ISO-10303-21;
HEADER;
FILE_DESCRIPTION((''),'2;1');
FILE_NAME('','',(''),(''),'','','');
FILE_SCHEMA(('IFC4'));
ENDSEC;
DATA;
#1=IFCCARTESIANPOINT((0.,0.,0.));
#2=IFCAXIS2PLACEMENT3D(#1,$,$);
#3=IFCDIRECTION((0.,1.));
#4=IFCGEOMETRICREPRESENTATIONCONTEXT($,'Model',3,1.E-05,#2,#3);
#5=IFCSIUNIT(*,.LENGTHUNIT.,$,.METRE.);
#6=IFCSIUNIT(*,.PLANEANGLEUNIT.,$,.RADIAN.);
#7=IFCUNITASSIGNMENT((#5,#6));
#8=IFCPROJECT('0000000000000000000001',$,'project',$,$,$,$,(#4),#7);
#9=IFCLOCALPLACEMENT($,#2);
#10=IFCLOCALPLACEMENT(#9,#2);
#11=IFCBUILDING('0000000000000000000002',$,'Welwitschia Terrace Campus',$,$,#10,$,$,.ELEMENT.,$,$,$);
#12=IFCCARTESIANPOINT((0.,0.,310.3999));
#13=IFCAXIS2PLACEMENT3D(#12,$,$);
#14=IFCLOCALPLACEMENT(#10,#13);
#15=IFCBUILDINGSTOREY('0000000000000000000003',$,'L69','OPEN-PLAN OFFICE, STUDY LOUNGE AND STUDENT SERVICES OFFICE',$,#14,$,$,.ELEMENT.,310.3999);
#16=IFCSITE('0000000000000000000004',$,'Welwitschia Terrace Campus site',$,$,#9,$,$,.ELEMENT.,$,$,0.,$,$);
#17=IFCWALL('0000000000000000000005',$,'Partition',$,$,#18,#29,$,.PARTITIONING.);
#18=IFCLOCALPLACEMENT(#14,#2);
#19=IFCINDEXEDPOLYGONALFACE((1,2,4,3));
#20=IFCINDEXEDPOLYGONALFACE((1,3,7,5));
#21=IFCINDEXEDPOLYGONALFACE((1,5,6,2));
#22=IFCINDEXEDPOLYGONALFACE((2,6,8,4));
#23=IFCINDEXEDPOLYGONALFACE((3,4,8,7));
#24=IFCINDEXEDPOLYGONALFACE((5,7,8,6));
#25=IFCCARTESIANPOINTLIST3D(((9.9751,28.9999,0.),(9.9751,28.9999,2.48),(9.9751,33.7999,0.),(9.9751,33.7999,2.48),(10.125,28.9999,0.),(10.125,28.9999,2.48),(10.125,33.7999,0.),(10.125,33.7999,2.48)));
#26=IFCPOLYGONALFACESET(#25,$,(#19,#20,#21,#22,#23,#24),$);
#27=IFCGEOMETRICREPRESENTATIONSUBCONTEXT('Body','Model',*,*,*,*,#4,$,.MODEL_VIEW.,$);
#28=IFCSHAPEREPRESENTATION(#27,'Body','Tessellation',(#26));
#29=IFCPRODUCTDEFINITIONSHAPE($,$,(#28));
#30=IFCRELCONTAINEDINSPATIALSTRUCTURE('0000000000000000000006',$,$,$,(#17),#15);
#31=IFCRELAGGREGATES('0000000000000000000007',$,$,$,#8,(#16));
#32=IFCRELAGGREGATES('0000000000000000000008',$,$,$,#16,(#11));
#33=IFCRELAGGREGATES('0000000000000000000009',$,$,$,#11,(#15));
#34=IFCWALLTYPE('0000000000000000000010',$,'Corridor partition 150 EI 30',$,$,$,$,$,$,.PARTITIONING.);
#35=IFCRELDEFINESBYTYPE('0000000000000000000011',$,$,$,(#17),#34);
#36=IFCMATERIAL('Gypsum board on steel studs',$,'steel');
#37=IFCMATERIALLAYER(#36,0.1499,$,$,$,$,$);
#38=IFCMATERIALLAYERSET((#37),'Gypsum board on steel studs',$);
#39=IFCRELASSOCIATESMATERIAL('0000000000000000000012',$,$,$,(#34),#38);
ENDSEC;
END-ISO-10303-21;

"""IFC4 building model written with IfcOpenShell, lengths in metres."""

from ifc_helpers import new_model, si_unit, direction, frame, frame_2d, origin, place, context, subcontext, project, spatial, rectangle, extrude, material, layer, layer_set, type_object, element, save


model = new_model("IFC4")

# Units and contexts
model_context = context("Model", 3, precision=1e-05, world=origin(), true_north=direction((0.0, 1.0)))
body_context = subcontext(model_context, "Body", "Model", "MODEL_VIEW")
ifc_project = project(units=[si_unit("LENGTHUNIT", "METRE"), si_unit("PLANEANGLEUNIT", "RADIAN")], contexts=[model_context])

# Site, building, storey
site_placement = place(None, origin())
site = spatial("IfcSite", under=ifc_project, at=site_placement, Name="Welwitschia Terrace Campus site", CompositionType="ELEMENT", RefElevation=0.0)
building_placement = place(site_placement, origin())
building = spatial("IfcBuilding", under=site, at=building_placement, Name="Welwitschia Terrace Campus", CompositionType="ELEMENT")
storey_placement = place(building_placement, frame((0.0, 0.0, 310.3999)))
storey = spatial("IfcBuildingStorey", under=building, at=storey_placement, Name="L69", Description="OPEN-PLAN OFFICE, STUDY LOUNGE AND STUDENT SERVICES OFFICE", CompositionType="ELEMENT", Elevation=310.3999)

# Shared definitions
ifc_material_1 = material(Name="Gypsum board on steel studs", Category="steel")
ifc_layer_1 = layer(ifc_material_1, 0.1499)
ifc_layer_set_1 = layer_set([ifc_layer_1], Name="Gypsum board on steel studs")
wall_type_1 = type_object("IfcWallType", Name="Corridor partition 150 EI 30", PredefinedType="PARTITIONING", material=ifc_layer_set_1)

# Wall
wall_1_placement = place(storey_placement, frame((10.05, 29.0, 0.0), z_axis=(0.0, 0.0, 1.0), x_axis=(0.0, 1.0, 0.0)))
element("IfcWall", 1, at=wall_1_placement, inside=storey, type_object=wall_type_1, Name="Partition", PredefinedType="PARTITIONING", context=body_context, shape_type="SweptSolid", body=[
    extrude(rectangle(XDim=4.8, YDim=0.1499, at=frame_2d((2.3999, 0.0))), origin(), (0.0, 0.0, 1.0), 2.48),
])

save(model, "model.ifc")
